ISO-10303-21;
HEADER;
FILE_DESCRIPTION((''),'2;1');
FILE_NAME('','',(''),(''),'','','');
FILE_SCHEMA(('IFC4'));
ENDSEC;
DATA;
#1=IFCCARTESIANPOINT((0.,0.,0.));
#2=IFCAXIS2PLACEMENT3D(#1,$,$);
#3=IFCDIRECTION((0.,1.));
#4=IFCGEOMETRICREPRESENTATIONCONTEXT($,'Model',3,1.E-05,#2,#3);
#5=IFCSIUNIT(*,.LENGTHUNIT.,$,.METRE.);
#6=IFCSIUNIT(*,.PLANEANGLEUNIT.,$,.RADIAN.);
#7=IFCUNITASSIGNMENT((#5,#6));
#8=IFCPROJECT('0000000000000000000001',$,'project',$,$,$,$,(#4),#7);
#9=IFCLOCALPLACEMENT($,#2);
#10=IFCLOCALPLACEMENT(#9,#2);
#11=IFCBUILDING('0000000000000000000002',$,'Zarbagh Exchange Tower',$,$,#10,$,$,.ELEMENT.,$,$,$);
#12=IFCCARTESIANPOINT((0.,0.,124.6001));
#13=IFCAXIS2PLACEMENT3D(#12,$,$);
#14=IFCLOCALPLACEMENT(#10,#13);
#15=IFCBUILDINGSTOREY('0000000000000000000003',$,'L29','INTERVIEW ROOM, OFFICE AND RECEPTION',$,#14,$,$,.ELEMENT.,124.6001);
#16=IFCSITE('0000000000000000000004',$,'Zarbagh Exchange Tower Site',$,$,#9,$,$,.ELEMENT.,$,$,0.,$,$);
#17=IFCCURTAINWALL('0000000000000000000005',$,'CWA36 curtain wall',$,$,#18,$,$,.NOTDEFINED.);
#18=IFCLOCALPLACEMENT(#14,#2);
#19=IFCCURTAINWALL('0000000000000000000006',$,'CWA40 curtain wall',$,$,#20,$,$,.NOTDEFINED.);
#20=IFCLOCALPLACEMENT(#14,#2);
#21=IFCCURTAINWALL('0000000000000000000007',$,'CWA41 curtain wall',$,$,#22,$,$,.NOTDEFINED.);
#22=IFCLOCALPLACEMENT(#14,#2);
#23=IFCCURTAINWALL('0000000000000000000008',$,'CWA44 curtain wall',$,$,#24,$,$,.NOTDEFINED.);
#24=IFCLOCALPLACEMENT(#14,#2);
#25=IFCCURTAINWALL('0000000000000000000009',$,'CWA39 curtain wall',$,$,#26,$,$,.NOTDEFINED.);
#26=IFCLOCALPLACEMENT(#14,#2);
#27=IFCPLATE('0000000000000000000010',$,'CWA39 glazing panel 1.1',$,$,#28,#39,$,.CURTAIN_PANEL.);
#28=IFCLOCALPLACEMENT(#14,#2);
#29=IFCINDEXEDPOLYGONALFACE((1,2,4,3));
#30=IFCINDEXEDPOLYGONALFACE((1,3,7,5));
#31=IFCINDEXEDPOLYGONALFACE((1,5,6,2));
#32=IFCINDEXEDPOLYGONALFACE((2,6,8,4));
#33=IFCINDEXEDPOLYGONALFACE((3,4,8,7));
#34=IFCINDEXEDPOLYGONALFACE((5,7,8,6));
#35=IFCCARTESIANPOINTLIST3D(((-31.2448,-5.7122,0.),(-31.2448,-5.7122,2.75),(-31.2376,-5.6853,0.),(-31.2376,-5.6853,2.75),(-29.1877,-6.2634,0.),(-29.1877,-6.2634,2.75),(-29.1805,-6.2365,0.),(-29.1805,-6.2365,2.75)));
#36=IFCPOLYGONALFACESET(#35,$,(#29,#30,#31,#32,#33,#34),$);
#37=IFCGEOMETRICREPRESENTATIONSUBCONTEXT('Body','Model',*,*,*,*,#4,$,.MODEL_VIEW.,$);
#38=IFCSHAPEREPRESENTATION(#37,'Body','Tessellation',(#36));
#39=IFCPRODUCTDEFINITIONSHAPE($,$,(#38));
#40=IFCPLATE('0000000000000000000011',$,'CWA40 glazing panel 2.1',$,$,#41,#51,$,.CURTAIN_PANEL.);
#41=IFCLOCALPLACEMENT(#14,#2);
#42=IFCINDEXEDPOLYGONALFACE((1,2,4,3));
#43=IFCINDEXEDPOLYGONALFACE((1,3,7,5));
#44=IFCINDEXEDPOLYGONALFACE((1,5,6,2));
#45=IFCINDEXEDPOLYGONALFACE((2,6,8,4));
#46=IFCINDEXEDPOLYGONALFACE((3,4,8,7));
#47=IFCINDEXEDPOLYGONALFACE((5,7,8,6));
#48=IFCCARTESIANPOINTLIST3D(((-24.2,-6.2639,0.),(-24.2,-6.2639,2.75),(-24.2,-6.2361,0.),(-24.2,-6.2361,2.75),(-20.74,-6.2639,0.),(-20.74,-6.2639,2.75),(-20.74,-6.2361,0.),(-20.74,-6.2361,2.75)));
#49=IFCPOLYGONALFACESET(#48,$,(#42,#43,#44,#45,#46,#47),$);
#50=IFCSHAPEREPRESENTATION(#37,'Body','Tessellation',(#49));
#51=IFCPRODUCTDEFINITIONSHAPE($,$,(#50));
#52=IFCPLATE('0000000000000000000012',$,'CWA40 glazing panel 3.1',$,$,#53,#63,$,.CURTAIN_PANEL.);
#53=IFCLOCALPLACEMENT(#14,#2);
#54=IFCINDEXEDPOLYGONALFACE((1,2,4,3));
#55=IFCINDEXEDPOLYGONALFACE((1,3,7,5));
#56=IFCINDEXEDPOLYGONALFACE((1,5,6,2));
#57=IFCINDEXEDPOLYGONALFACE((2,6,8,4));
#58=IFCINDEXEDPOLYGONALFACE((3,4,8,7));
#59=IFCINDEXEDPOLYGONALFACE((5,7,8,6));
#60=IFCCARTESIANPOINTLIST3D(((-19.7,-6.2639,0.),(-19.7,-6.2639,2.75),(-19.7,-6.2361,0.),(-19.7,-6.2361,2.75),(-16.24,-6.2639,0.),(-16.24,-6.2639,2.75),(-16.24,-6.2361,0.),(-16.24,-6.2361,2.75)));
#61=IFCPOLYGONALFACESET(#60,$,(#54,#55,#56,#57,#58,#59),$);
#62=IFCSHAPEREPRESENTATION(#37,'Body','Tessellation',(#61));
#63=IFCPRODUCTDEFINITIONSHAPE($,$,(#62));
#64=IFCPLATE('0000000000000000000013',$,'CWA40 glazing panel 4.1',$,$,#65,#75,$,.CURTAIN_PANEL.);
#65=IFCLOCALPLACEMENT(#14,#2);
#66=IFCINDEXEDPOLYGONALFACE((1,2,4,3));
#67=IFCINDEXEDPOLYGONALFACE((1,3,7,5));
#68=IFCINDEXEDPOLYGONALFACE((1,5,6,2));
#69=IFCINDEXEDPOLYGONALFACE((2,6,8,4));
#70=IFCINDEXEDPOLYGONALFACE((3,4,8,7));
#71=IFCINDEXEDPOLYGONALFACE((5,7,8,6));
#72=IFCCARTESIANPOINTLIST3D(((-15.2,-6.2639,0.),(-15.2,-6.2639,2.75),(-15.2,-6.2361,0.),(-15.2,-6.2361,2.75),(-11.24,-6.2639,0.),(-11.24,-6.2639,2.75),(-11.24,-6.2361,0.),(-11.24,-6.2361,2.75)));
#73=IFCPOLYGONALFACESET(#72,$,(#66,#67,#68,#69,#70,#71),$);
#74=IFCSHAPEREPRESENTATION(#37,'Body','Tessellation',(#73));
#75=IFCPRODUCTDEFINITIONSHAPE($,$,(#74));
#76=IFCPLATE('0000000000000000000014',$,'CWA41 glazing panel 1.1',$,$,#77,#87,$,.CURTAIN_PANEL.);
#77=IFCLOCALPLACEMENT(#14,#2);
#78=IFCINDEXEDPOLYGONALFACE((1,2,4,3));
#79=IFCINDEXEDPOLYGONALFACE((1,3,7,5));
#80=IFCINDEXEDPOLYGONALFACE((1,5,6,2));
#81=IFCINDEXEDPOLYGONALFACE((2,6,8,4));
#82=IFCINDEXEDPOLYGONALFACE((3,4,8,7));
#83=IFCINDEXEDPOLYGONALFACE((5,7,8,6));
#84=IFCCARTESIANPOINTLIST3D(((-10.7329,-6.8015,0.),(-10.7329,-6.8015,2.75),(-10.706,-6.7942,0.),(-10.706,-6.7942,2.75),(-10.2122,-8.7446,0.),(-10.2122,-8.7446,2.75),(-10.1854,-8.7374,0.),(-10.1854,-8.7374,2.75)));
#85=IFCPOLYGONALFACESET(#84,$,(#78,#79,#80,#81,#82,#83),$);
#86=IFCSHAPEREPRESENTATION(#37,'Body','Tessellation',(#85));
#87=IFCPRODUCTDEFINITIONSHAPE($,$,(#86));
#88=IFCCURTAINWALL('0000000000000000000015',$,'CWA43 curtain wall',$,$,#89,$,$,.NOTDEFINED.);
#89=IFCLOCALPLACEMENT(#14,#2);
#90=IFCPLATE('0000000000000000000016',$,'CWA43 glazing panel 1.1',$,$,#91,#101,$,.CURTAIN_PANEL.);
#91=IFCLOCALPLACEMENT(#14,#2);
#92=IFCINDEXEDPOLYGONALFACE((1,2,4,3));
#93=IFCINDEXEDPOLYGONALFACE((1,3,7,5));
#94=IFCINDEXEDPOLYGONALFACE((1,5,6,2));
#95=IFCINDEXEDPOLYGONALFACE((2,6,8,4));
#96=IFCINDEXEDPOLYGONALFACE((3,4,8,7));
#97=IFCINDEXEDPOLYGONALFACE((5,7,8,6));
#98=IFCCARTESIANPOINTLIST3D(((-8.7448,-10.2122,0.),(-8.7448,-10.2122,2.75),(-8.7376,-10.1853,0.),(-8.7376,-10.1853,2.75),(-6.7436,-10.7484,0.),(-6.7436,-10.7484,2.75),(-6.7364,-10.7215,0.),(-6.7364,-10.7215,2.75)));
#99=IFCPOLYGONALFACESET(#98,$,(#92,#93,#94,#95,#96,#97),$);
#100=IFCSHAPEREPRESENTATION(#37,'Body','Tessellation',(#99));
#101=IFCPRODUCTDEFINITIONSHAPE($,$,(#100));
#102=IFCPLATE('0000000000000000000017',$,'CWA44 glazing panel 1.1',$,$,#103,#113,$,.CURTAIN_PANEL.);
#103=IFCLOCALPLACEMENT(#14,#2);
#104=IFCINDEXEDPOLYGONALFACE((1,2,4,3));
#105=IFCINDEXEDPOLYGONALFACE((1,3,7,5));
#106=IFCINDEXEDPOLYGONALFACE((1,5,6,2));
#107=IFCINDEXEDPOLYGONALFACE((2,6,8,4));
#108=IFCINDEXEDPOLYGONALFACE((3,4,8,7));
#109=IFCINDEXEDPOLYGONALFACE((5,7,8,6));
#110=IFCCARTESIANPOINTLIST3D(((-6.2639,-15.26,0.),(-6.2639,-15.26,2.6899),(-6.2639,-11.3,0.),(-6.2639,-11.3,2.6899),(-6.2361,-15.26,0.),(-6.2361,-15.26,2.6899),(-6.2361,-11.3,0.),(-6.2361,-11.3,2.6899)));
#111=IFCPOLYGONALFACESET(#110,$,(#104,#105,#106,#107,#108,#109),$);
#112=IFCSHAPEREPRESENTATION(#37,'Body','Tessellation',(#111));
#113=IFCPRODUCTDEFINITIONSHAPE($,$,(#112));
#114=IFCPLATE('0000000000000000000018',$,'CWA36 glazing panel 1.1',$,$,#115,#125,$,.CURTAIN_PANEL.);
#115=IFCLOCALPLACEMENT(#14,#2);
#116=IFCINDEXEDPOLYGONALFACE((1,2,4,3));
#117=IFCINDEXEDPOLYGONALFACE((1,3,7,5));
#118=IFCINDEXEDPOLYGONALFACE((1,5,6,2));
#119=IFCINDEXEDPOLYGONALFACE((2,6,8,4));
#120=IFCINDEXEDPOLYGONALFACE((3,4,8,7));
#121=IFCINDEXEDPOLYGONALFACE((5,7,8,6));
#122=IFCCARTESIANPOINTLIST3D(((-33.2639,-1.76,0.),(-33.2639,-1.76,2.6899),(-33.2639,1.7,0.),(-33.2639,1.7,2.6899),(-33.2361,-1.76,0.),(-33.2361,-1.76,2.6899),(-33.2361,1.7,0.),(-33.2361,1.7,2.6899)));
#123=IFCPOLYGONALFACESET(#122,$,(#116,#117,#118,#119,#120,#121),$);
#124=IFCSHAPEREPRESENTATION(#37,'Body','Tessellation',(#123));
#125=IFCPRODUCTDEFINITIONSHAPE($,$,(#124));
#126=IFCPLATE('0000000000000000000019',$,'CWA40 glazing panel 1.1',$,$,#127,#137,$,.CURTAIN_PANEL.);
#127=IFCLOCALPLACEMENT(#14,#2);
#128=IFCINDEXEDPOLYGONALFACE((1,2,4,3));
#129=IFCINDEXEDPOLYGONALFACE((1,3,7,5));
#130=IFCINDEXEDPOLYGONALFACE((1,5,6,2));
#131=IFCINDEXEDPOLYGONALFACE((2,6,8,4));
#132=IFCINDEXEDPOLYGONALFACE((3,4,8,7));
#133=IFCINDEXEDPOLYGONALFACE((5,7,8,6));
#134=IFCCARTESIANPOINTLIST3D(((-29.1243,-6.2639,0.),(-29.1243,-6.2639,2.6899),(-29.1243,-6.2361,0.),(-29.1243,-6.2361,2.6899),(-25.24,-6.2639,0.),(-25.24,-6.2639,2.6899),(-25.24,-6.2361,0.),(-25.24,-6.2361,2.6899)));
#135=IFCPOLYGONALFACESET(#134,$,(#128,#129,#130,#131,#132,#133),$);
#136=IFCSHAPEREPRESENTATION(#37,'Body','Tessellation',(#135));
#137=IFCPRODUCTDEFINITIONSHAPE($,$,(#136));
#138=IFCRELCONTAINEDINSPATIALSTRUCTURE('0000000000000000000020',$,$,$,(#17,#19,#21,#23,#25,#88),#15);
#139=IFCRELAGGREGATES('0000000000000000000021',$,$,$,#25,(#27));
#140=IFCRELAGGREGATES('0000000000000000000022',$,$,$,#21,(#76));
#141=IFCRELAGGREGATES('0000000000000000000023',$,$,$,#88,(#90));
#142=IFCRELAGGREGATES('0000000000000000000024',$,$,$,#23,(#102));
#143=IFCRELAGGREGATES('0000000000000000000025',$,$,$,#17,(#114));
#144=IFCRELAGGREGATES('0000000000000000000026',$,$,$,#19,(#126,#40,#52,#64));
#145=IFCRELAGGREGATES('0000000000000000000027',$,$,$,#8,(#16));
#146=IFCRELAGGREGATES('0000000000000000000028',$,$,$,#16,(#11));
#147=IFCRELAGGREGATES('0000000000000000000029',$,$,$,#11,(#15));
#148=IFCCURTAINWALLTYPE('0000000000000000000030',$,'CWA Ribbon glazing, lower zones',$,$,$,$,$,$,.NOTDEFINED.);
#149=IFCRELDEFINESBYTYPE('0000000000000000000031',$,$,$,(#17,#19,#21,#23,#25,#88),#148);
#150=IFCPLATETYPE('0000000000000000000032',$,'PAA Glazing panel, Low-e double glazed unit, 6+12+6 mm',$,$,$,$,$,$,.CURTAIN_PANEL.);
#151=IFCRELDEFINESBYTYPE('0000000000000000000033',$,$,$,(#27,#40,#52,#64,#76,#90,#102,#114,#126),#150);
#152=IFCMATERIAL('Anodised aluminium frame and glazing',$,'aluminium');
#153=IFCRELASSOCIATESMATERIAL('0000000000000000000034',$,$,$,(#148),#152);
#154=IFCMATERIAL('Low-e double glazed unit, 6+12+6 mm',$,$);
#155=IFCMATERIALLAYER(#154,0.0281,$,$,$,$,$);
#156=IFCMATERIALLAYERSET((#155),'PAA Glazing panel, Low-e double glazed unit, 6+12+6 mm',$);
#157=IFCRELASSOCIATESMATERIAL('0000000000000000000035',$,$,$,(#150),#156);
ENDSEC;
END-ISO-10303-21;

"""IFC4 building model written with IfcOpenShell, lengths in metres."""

from ifc_helpers import new_model, si_unit, direction, frame, origin, place, context, subcontext, project, spatial, polyline, outline, extrude, source, transform, mapped, material, layer, layer_set, type_object, element, aggregate, save


model = new_model("IFC4")

# Units and contexts
model_context = context("Model", 3, precision=1e-05, world=origin(), true_north=direction((0.0, 1.0)))
body_context = subcontext(model_context, "Body", "Model", "MODEL_VIEW")
ifc_project = project(units=[si_unit("LENGTHUNIT", "METRE"), si_unit("PLANEANGLEUNIT", "RADIAN")], contexts=[model_context])

# Site, building, storey
site_placement = place(None, origin())
site = spatial("IfcSite", under=ifc_project, at=site_placement, Name="Zarbagh Exchange Tower Site", CompositionType="ELEMENT", RefElevation=0.0)
building_placement = place(site_placement, origin())
building = spatial("IfcBuilding", under=site, at=building_placement, Name="Zarbagh Exchange Tower", CompositionType="ELEMENT")
storey_placement = place(building_placement, frame((0.0, 0.0, 124.6001)))
storey = spatial("IfcBuildingStorey", under=building, at=storey_placement, Name="L29", Description="INTERVIEW ROOM, OFFICE AND RECEPTION", CompositionType="ELEMENT", Elevation=124.6001)

# Curtain wall
ifc_material_1 = material(Name="Anodised aluminium frame and glazing", Category="aluminium")
curtain_wall_type = type_object("IfcCurtainWallType", Name="CWA Ribbon glazing, lower zones", PredefinedType="NOTDEFINED", material=ifc_material_1)
curtain_wall_1_placement = place(storey_placement, origin())
curtain_wall_1 = element("IfcCurtainWall", 1, at=curtain_wall_1_placement, inside=storey, type_object=curtain_wall_type, Name="CWA36 curtain wall", PredefinedType="NOTDEFINED")
placement = place(storey_placement, origin())

# Curtain wall
curtain_wall_2_placement = place(storey_placement, origin())
curtain_wall_2 = element("IfcCurtainWall", 2, at=curtain_wall_2_placement, inside=storey, type_object=curtain_wall_type, Name="CWA40 curtain wall", PredefinedType="NOTDEFINED")

# Curtain wall
curtain_wall_3_placement = place(storey_placement, origin())
curtain_wall_3 = element("IfcCurtainWall", 3, at=curtain_wall_3_placement, inside=storey, type_object=curtain_wall_type, Name="CWA41 curtain wall", PredefinedType="NOTDEFINED")

# Curtain wall
curtain_wall_4_placement = place(storey_placement, origin())
curtain_wall_4 = element("IfcCurtainWall", 4, at=curtain_wall_4_placement, inside=storey, type_object=curtain_wall_type, Name="CWA44 curtain wall", PredefinedType="NOTDEFINED")

# Shared definitions
ifc_material_2 = material(Name="Low-e double glazed unit, 6+12+6 mm")
ifc_layer = layer(ifc_material_2, 0.0281)
ifc_layer_set = layer_set([ifc_layer], Name="PAA Glazing panel, Low-e double glazed unit, 6+12+6 mm")
plate_type = type_object("IfcPlateType", Name="PAA Glazing panel, Low-e double glazed unit, 6+12+6 mm", PredefinedType="CURTAIN_PANEL", material=ifc_layer_set)

# Curtain wall, plate
curtain_wall_5_placement = place(storey_placement, origin())
curtain_wall_5 = element("IfcCurtainWall", 5, at=curtain_wall_5_placement, inside=storey, type_object=curtain_wall_type, Name="CWA39 curtain wall", PredefinedType="NOTDEFINED")
shared_shape_1 = source(origin(), body_context, "Body", "SweptSolid", [
    extrude(outline(polyline([(0.0, -0.0139), (2.1296, -0.0139), (2.1296, 0.0139), (0.0, 0.0139), (0.0, -0.0139)])), origin(), (0.0, 0.0, 1.0), 2.75),
])
plate_1 = element("IfcPlate", 6, at=placement, type_object=plate_type, Name="CWA39 glazing panel 1.1", PredefinedType="CURTAIN_PANEL", context=body_context, shape_type="MappedRepresentation", body=[
    mapped(shared_shape_1, transform((-31.2412, -5.6987, 0.0), x_axis=(0.965924, -0.258825, 0.0), y_axis=(0.258825, 0.965924, 0.0), z_axis=(0.0, 0.0, 1.0))),
])
aggregate(curtain_wall_5, [plate_1])

# Plates
shared_shape_2 = source(origin(), body_context, "Body", "SweptSolid", [
    extrude(outline(polyline([(0.0, -0.0139), (3.46, -0.0139), (3.46, 0.0139), (0.0, 0.0139), (0.0, -0.0139)])), origin(), (0.0, 0.0, 1.0), 2.75),
])
plate_2 = element("IfcPlate", 7, at=placement, type_object=plate_type, Name="CWA40 glazing panel 2.1", PredefinedType="CURTAIN_PANEL", context=body_context, shape_type="MappedRepresentation", body=[
    mapped(shared_shape_2, transform((-24.2, -6.25, 0.0), x_axis=(1.0, 0.0, 0.0), y_axis=(0.0, 1.0, 0.0), z_axis=(0.0, 0.0, 1.0))),
])
plate_3 = element("IfcPlate", 8, at=placement, type_object=plate_type, Name="CWA40 glazing panel 3.1", PredefinedType="CURTAIN_PANEL", context=body_context, shape_type="MappedRepresentation", body=[
    mapped(shared_shape_2, transform((-19.7, -6.25, 0.0), x_axis=(1.0, 0.0, 0.0), y_axis=(0.0, 1.0, 0.0), z_axis=(0.0, 0.0, 1.0))),
])
shared_shape_3 = source(origin(), body_context, "Body", "SweptSolid", [
    extrude(outline(polyline([(0.0, -0.0139), (3.96, -0.0139), (3.96, 0.0139), (0.0, 0.0139), (0.0, -0.0139)])), origin(), (0.0, 0.0, 1.0), 2.75),
])
plate_4 = element("IfcPlate", 9, at=placement, type_object=plate_type, Name="CWA40 glazing panel 4.1", PredefinedType="CURTAIN_PANEL", context=body_context, shape_type="MappedRepresentation", body=[
    mapped(shared_shape_3, transform((-15.2, -6.25, 0.0), x_axis=(1.0, 0.0, 0.0), y_axis=(0.0, 1.0, 0.0), z_axis=(0.0, 0.0, 1.0))),
])
shared_shape_4 = source(origin(), body_context, "Body", "SweptSolid", [
    extrude(outline(polyline([(0.0, -0.0139), (2.0117, -0.0139), (2.0117, 0.0139), (0.0, 0.0139), (0.0, -0.0139)])), origin(), (0.0, 0.0, 1.0), 2.75),
])
plate_5 = element("IfcPlate", 10, at=placement, type_object=plate_type, Name="CWA41 glazing panel 1.1", PredefinedType="CURTAIN_PANEL", context=body_context, shape_type="MappedRepresentation", body=[
    mapped(shared_shape_4, transform((-10.7195, -6.7979, 0.0), x_axis=(0.258825, -0.965924, 0.0), y_axis=(0.965924, 0.258825, 0.0), z_axis=(0.0, 0.0, 1.0))),
])
aggregate(curtain_wall_3, [plate_5])

# Curtain wall, plate
curtain_wall_6_placement = place(storey_placement, origin())
curtain_wall_6 = element("IfcCurtainWall", 11, at=curtain_wall_6_placement, inside=storey, type_object=curtain_wall_type, Name="CWA43 curtain wall", PredefinedType="NOTDEFINED")
shared_shape_5 = source(origin(), body_context, "Body", "SweptSolid", [
    extrude(outline(polyline([(0.0, -0.0139), (2.0718, -0.0139), (2.0718, 0.0139), (0.0, 0.0139), (0.0, -0.0139)])), origin(), (0.0, 0.0, 1.0), 2.75),
])
plate_6 = element("IfcPlate", 12, at=placement, type_object=plate_type, Name="CWA43 glazing panel 1.1", PredefinedType="CURTAIN_PANEL", context=body_context, shape_type="MappedRepresentation", body=[
    mapped(shared_shape_5, transform((-8.7412, -10.1987, 0.0), x_axis=(0.965924, -0.258825, 0.0), y_axis=(0.258825, 0.965924, 0.0), z_axis=(0.0, 0.0, 1.0))),
])
aggregate(curtain_wall_6, [plate_6])

# Plates
shared_shape_6 = source(origin(), body_context, "Body", "SweptSolid", [
    extrude(outline(polyline([(0.0, -0.0139), (3.96, -0.0139), (3.96, 0.0139), (0.0, 0.0139), (0.0, -0.0139)])), origin(), (0.0, 0.0, 1.0), 2.6899),
])
plate_7 = element("IfcPlate", 13, at=placement, type_object=plate_type, Name="CWA44 glazing panel 1.1", PredefinedType="CURTAIN_PANEL", context=body_context, shape_type="MappedRepresentation", body=[
    mapped(shared_shape_6, transform((-6.25, -11.3, 0.0), x_axis=(0.0, -1.0, 0.0), y_axis=(1.0, 0.0, 0.0), z_axis=(0.0, 0.0, 1.0))),
])
aggregate(curtain_wall_4, [plate_7])
shared_shape_7 = source(origin(), body_context, "Body", "SweptSolid", [
    extrude(outline(polyline([(0.0, -0.0139), (3.46, -0.0139), (3.46, 0.0139), (0.0, 0.0139), (0.0, -0.0139)])), origin(), (0.0, 0.0, 1.0), 2.6899),
])
plate_8 = element("IfcPlate", 14, at=placement, type_object=plate_type, Name="CWA36 glazing panel 1.1", PredefinedType="CURTAIN_PANEL", context=body_context, shape_type="MappedRepresentation", body=[
    mapped(shared_shape_7, transform((-33.25, 1.7, 0.0), x_axis=(0.0, -1.0, 0.0), y_axis=(1.0, 0.0, 0.0), z_axis=(0.0, 0.0, 1.0))),
])
aggregate(curtain_wall_1, [plate_8])
shared_shape_8 = source(origin(), body_context, "Body", "SweptSolid", [
    extrude(outline(polyline([(0.0, -0.0139), (3.8843, -0.0139), (3.8843, 0.0139), (0.0, 0.0139), (0.0, -0.0139)])), origin(), (0.0, 0.0, 1.0), 2.6899),
])
plate_9 = element("IfcPlate", 15, at=placement, type_object=plate_type, Name="CWA40 glazing panel 1.1", PredefinedType="CURTAIN_PANEL", context=body_context, shape_type="MappedRepresentation", body=[
    mapped(shared_shape_8, transform((-29.1243, -6.25, 0.0), x_axis=(1.0, 0.0, 0.0), y_axis=(0.0, 1.0, 0.0), z_axis=(0.0, 0.0, 1.0))),
])
aggregate(curtain_wall_2, [plate_9, plate_2, plate_3, plate_4])

save(model, "model.ifc")
